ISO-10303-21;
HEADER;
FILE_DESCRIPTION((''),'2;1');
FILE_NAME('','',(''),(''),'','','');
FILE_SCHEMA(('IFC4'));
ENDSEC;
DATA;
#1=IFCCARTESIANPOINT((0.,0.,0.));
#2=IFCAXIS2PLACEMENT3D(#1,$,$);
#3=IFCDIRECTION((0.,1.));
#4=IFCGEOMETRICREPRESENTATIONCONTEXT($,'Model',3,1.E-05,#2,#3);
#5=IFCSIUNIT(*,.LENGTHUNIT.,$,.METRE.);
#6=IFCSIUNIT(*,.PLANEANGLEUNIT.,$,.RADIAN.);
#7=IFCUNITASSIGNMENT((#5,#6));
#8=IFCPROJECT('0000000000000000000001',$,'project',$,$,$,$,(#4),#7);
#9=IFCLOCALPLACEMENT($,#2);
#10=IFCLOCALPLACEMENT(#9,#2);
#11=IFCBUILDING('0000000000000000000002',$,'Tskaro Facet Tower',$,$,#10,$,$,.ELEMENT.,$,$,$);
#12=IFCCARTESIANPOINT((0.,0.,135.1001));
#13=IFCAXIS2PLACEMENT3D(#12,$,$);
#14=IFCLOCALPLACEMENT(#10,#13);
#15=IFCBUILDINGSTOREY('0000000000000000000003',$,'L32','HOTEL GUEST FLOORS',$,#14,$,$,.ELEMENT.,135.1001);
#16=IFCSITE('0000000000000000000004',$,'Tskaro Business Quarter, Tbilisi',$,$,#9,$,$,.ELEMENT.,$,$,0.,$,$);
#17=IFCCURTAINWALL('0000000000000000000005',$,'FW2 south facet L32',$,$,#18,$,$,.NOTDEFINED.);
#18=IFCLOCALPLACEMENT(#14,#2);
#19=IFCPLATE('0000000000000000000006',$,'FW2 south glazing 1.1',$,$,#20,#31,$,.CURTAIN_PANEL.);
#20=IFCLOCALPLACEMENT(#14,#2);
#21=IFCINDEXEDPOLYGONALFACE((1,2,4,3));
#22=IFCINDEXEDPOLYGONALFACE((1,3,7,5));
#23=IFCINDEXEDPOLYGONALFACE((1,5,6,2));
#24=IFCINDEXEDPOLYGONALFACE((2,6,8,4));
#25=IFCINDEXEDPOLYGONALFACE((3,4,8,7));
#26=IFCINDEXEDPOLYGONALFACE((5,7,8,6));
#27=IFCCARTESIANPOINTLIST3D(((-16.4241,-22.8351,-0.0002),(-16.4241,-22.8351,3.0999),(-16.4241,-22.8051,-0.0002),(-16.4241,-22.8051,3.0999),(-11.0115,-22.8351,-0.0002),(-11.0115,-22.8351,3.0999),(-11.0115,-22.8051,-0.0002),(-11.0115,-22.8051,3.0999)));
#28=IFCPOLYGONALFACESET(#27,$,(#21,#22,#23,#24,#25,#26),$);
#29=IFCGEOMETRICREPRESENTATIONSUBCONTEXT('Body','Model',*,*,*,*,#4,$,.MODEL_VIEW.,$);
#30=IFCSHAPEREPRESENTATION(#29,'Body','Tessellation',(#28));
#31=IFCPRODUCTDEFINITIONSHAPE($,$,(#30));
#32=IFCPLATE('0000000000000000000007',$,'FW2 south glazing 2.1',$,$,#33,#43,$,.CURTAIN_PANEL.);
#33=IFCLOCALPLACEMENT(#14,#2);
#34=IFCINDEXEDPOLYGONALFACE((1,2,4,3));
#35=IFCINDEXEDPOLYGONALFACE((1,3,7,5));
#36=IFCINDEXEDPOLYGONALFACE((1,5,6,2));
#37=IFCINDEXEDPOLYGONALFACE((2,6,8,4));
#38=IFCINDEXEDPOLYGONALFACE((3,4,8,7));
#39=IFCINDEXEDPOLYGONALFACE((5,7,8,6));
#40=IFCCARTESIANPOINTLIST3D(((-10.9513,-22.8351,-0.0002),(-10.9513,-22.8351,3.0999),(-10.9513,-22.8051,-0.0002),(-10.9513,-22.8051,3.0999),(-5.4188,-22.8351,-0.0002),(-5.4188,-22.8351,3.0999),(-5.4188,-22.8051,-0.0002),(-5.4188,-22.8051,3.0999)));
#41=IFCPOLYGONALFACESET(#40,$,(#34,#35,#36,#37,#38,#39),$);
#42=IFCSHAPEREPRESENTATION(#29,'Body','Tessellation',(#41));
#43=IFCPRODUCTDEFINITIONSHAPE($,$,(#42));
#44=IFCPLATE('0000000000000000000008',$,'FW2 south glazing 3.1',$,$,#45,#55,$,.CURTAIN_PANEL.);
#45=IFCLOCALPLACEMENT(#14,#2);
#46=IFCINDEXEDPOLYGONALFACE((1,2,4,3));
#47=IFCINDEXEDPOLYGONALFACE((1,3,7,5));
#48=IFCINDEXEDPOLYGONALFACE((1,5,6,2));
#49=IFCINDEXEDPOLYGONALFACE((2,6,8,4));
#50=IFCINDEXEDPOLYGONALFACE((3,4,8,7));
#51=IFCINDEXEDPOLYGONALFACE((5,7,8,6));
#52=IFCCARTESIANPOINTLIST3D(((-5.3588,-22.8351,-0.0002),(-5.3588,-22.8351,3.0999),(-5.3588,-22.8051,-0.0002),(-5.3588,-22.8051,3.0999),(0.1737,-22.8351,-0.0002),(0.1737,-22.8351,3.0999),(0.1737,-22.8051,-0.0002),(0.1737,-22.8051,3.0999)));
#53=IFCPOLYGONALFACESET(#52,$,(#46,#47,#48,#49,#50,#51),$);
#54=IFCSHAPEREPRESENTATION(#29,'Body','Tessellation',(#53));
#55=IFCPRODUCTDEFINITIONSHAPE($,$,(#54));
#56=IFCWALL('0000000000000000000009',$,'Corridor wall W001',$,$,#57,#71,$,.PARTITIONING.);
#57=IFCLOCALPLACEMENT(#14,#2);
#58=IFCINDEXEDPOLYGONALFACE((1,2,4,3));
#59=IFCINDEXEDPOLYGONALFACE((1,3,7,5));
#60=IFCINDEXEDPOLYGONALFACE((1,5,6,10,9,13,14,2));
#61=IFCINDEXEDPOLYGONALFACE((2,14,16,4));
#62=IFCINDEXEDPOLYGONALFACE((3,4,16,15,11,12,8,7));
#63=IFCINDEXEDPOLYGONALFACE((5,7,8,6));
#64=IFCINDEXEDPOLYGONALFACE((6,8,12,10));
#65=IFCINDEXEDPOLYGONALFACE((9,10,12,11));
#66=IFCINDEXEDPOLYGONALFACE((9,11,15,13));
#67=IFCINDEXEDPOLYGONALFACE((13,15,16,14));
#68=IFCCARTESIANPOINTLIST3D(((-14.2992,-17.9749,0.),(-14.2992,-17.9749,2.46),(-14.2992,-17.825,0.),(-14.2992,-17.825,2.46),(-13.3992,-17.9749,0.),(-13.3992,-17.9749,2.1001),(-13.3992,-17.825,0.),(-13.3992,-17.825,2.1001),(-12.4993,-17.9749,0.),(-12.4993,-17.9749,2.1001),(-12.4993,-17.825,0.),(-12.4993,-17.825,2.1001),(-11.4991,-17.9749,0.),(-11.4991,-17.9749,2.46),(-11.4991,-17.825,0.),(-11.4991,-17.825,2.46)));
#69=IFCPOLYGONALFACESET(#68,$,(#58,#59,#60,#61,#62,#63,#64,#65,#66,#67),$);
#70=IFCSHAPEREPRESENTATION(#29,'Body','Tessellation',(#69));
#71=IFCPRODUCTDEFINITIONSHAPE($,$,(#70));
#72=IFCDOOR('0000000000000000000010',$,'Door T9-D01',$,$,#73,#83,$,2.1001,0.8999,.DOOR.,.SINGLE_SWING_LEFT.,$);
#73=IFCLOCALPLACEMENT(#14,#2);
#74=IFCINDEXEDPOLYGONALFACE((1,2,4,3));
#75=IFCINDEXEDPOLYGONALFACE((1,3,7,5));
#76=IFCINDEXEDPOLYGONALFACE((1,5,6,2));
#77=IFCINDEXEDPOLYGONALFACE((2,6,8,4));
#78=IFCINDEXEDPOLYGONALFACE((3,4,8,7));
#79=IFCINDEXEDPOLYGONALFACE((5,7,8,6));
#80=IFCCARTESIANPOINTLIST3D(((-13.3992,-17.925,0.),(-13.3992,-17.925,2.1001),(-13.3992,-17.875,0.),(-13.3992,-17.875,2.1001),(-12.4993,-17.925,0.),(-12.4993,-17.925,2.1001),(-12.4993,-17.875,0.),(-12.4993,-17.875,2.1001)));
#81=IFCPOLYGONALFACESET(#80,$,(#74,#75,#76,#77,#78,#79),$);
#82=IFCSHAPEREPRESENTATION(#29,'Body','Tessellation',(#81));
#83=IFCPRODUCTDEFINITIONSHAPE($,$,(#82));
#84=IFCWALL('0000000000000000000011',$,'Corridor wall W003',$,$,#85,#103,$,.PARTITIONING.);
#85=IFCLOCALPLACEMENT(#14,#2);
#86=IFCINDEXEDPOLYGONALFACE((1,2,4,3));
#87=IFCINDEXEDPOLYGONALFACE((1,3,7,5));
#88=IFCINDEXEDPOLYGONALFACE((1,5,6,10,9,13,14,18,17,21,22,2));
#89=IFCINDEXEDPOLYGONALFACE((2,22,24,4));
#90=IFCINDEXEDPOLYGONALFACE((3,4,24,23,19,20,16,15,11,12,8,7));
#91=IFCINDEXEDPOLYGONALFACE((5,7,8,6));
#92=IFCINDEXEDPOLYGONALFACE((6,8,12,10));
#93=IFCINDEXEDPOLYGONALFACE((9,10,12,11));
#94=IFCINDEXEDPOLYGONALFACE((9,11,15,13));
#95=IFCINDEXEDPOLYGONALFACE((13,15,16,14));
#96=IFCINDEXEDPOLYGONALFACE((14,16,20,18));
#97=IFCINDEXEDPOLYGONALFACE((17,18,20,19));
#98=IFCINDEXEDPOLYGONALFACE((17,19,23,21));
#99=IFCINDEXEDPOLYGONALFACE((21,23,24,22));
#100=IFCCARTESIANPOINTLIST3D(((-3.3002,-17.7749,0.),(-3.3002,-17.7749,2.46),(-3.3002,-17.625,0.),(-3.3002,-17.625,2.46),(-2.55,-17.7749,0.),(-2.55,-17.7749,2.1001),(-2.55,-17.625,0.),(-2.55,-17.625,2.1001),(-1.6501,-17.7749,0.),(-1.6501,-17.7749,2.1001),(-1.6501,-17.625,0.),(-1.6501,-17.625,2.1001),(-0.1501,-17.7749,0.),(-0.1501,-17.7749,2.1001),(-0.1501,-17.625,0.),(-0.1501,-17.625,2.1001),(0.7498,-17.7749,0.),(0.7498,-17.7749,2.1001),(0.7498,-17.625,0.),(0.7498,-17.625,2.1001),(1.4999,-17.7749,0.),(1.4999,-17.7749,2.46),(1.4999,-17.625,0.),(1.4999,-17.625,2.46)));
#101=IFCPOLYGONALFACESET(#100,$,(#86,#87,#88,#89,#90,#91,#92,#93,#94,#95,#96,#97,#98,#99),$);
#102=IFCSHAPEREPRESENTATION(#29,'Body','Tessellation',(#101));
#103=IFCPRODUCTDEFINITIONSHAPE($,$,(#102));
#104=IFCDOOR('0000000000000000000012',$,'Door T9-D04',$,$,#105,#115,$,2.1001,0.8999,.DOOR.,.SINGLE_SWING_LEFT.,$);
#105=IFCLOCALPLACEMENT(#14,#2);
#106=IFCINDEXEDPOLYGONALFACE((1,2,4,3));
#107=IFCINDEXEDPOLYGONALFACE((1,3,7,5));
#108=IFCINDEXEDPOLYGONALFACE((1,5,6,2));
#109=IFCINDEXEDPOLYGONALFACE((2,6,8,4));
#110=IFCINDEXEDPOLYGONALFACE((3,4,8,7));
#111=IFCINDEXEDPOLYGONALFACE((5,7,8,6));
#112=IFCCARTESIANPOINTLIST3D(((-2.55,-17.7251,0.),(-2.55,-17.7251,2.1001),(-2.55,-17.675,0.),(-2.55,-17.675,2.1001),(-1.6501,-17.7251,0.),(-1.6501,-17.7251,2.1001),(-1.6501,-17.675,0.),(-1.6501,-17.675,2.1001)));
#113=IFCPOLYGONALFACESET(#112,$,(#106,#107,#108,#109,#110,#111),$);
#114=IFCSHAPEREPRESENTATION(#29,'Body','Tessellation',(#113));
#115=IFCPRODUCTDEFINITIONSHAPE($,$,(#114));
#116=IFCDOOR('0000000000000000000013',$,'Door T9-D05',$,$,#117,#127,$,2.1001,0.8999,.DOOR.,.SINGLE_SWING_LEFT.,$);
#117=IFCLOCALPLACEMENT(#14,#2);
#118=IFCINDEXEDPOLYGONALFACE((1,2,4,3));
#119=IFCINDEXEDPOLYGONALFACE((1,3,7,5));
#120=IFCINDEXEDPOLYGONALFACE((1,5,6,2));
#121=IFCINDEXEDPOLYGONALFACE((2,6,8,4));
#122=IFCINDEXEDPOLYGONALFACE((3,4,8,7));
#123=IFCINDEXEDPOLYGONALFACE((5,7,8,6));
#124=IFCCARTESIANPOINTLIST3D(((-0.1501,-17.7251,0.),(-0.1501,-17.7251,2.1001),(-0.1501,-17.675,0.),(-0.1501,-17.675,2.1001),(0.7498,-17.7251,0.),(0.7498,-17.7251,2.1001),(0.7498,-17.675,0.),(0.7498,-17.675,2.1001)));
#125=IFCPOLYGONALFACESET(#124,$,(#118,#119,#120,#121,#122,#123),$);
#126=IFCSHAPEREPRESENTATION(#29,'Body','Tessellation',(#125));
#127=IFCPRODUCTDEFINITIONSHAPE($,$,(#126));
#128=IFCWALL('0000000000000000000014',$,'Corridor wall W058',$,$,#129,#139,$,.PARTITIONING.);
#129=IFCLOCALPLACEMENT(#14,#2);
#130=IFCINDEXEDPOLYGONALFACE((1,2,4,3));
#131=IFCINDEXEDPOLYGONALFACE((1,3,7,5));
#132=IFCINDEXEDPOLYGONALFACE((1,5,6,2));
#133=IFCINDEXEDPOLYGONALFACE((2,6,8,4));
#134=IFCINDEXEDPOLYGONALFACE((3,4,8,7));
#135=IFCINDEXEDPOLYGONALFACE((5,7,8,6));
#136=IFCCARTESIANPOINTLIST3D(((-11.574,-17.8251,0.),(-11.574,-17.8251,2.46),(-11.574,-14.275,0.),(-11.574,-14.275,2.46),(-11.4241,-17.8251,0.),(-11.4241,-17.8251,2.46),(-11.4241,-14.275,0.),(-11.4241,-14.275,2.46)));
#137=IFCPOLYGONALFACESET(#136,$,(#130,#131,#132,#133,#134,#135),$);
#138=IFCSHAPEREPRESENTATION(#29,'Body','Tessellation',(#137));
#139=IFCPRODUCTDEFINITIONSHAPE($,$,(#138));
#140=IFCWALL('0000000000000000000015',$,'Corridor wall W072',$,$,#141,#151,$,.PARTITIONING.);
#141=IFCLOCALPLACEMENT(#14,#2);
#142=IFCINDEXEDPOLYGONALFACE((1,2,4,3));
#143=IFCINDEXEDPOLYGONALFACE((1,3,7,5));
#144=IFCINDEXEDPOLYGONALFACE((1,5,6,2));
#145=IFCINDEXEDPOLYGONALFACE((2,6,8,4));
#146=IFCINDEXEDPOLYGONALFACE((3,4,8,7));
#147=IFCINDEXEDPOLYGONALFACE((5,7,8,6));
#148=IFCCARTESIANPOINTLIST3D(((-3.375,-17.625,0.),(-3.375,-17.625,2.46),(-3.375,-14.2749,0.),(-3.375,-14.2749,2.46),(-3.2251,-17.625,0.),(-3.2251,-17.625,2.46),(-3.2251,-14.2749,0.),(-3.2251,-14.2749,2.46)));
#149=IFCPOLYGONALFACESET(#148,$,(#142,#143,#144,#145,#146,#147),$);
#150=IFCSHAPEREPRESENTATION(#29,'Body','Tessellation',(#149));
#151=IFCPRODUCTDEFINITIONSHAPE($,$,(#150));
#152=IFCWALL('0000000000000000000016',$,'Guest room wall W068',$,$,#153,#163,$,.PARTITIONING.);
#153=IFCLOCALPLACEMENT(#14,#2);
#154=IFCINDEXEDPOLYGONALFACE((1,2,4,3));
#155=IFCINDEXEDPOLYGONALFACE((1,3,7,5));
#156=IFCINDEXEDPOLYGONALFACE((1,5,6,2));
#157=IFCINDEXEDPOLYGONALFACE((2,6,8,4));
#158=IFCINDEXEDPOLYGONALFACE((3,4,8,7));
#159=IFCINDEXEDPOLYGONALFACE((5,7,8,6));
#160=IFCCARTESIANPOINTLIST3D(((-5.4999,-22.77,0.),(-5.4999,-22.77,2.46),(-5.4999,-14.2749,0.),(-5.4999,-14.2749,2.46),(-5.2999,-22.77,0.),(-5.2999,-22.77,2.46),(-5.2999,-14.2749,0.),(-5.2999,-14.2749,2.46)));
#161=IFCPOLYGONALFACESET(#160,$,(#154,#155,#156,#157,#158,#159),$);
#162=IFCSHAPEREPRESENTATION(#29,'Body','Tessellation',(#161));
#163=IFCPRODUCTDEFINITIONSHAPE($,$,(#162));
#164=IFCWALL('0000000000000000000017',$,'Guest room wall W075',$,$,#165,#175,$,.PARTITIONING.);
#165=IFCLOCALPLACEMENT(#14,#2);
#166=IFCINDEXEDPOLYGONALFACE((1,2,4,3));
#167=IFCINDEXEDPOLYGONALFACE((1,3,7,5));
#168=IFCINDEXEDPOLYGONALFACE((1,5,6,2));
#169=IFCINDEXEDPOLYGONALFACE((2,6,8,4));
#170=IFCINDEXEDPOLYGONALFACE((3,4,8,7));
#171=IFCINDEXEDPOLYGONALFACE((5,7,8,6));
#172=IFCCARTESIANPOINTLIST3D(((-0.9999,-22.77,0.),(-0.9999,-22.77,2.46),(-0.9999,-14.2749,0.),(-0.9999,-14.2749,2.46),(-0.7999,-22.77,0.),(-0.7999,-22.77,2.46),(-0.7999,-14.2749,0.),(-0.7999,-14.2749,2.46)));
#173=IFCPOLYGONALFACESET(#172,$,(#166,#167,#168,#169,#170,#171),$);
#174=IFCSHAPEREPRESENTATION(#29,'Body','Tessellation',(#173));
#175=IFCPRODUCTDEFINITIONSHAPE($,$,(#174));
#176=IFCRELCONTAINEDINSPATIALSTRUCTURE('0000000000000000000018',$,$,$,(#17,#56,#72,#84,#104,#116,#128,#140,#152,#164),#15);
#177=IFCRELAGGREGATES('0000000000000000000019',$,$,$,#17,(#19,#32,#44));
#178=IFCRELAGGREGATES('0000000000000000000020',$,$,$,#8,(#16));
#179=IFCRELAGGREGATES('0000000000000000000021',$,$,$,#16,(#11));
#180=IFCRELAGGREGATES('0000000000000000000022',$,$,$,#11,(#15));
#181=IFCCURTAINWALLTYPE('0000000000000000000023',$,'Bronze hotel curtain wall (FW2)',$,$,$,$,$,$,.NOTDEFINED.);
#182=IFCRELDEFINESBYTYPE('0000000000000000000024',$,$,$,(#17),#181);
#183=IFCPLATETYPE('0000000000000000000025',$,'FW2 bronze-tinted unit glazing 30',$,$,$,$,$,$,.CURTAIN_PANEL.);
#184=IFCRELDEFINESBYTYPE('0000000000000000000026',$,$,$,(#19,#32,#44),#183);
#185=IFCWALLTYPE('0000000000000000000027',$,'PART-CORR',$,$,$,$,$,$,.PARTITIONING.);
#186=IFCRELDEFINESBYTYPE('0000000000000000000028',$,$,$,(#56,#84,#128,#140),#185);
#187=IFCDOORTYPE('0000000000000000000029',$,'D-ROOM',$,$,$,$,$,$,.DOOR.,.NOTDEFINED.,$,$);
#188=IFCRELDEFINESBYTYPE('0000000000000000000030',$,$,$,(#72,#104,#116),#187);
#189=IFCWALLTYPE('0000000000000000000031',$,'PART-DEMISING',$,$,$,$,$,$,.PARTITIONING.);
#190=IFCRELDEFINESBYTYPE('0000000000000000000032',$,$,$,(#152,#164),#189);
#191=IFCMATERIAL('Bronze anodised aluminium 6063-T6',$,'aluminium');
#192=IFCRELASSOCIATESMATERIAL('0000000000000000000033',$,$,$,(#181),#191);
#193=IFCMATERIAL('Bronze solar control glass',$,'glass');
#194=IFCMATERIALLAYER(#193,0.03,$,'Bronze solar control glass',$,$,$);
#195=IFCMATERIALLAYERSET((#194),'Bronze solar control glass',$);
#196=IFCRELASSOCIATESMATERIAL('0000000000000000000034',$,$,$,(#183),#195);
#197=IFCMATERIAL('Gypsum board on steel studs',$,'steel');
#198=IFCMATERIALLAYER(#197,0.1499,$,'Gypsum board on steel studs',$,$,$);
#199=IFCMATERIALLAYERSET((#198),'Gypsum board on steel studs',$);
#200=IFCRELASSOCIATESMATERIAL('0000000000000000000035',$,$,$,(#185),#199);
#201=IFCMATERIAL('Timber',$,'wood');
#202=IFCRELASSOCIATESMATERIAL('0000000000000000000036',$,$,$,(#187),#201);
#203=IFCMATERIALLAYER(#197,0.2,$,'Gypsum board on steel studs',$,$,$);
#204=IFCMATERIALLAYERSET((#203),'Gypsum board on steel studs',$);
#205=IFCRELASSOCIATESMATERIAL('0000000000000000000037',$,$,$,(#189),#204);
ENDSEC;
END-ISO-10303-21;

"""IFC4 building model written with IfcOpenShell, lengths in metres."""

from ifc_helpers import new_model, si_unit, direction, frame, frame_2d, origin, origin_2d, place, context, subcontext, project, spatial, rectangle, extrude, material, layer, layer_set, type_object, element, fill, aggregate, save


model = new_model("IFC4")

# Units and contexts
model_context = context("Model", 3, precision=1e-05, world=origin(), true_north=direction((0.0, 1.0)))
body_context = subcontext(model_context, "Body", "Model", "MODEL_VIEW")
ifc_project = project(units=[si_unit("LENGTHUNIT", "METRE"), si_unit("PLANEANGLEUNIT", "RADIAN")], contexts=[model_context])

# Site, building, storey
site_placement = place(None, origin())
site = spatial("IfcSite", under=ifc_project, at=site_placement, Name="Tskaro Business Quarter, Tbilisi", CompositionType="ELEMENT", RefElevation=0.0)
building_placement = place(site_placement, origin())
building = spatial("IfcBuilding", under=site, at=building_placement, Name="Tskaro Facet Tower", CompositionType="ELEMENT")
storey_placement = place(building_placement, frame((0.0, 0.0, 135.1001)))
storey = spatial("IfcBuildingStorey", under=building, at=storey_placement, Name="L32", Description="HOTEL GUEST FLOORS", CompositionType="ELEMENT", Elevation=135.1001)

# Curtain wall
ifc_material_1 = material(Name="Bronze anodised aluminium 6063-T6", Category="aluminium")
curtain_wall_type = type_object("IfcCurtainWallType", Name="Bronze hotel curtain wall (FW2)", PredefinedType="NOTDEFINED", material=ifc_material_1)
curtain_wall_placement = place(storey_placement, origin())
curtain_wall = element("IfcCurtainWall", 1, at=curtain_wall_placement, inside=storey, type_object=curtain_wall_type, Name="FW2 south facet L32", PredefinedType="NOTDEFINED")

# Plates
ifc_material_2 = material(Name="Bronze solar control glass", Category="glass")
ifc_layer_1 = layer(ifc_material_2, 0.03, Name="Bronze solar control glass")
ifc_layer_set_1 = layer_set([ifc_layer_1], Name="Bronze solar control glass")
plate_type = type_object("IfcPlateType", Name="FW2 bronze-tinted unit glazing 30", PredefinedType="CURTAIN_PANEL", material=ifc_layer_set_1)
plate_1_placement = place(storey_placement, frame((-13.7178, -22.8201, -0.0002), z_axis=(0.0, 0.0, 1.0), x_axis=(1.0, 0.0, 0.0)))
plate_1 = element("IfcPlate", 2, at=plate_1_placement, type_object=plate_type, Name="FW2 south glazing 1.1", PredefinedType="CURTAIN_PANEL", context=body_context, shape_type="SweptSolid", body=[
    extrude(rectangle(XDim=5.4126, YDim=0.03, at=origin_2d()), origin(), (0.0, 0.0, 1.0), 3.1001),
])
plate_2_placement = place(storey_placement, frame((-8.1851, -22.8201, -0.0002), z_axis=(0.0, 0.0, 1.0), x_axis=(1.0, 0.0, 0.0)))
plate_2 = element("IfcPlate", 3, at=plate_2_placement, type_object=plate_type, Name="FW2 south glazing 2.1", PredefinedType="CURTAIN_PANEL", context=body_context, shape_type="SweptSolid", body=[
    extrude(rectangle(XDim=5.5325, YDim=0.03, at=origin_2d()), origin(), (0.0, 0.0, 1.0), 3.1001),
])
plate_3_placement = place(storey_placement, frame((-2.5925, -22.8201, -0.0002), z_axis=(0.0, 0.0, 1.0), x_axis=(1.0, 0.0, 0.0)))
plate_3 = element("IfcPlate", 4, at=plate_3_placement, type_object=plate_type, Name="FW2 south glazing 3.1", PredefinedType="CURTAIN_PANEL", context=body_context, shape_type="SweptSolid", body=[
    extrude(rectangle(XDim=5.5325, YDim=0.03, at=origin_2d()), origin(), (0.0, 0.0, 1.0), 3.1001),
])
aggregate(curtain_wall, [plate_1, plate_2, plate_3])

# Wall, opening, door
ifc_material_3 = material(Name="Gypsum board on steel studs", Category="steel")
ifc_layer_2 = layer(ifc_material_3, 0.1499, Name="Gypsum board on steel studs")
ifc_layer_set_2 = layer_set([ifc_layer_2], Name="Gypsum board on steel studs")
wall_type_1 = type_object("IfcWallType", Name="PART-CORR", PredefinedType="PARTITIONING", material=ifc_layer_set_2)
wall_1_placement = place(storey_placement, frame((-14.2991, -17.8999, 0.0), z_axis=(0.0, 0.0, 1.0), x_axis=(1.0, 0.0, 0.0)))
wall_1 = element("IfcWall", 5, at=wall_1_placement, inside=storey, type_object=wall_type_1, Name="Corridor wall W001", PredefinedType="PARTITIONING", context=body_context, shape_type="SweptSolid", body=[
    extrude(rectangle(XDim=2.8, YDim=0.1499, at=frame_2d((1.3999, 0.0))), origin(), (0.0, 0.0, 1.0), 2.46),
])
opening_1_placement = place(wall_1_placement, frame((0.8999, 0.0, 0.0)))
opening_1 = element("IfcOpeningElement", 6, at=opening_1_placement, cuts=wall_1, PredefinedType="OPENING", context=body_context, shape_type="SweptSolid", body=[
    extrude(rectangle(XDim=0.8999, YDim=2.1001, at=frame_2d((0.45, 1.05))), frame((0.0, 0.085, 0.0), z_axis=(0.0, -1.0, 0.0), x_axis=(1.0, 0.0, 0.0)), (0.0, 0.0, 1.0), 0.1699),
])
ifc_material_4 = material(Name="Timber", Category="wood")
door_type = type_object("IfcDoorType", Name="D-ROOM", OperationType="NOTDEFINED", PredefinedType="DOOR", material=ifc_material_4)
door_1_placement = place(opening_1_placement, origin())
door_1 = element("IfcDoor", 7, at=door_1_placement, inside=storey, type_object=door_type, Name="Door T9-D01", OperationType="SINGLE_SWING_LEFT", OverallHeight=2.1001, OverallWidth=0.8999, PredefinedType="DOOR", context=body_context, shape_type="SweptSolid", body=[
    extrude(rectangle(XDim=0.8999, YDim=2.1001, at=frame_2d((0.45, 1.05))), frame((0.0, 0.0249, 0.0), z_axis=(0.0, -1.0, 0.0), x_axis=(1.0, 0.0, 0.0)), (0.0, 0.0, 1.0), 0.05),
])
fill(opening_1, door_1)

# Wall, openings, doors
wall_2_placement = place(storey_placement, frame((-3.3, -17.7, 0.0), z_axis=(0.0, 0.0, 1.0), x_axis=(1.0, 0.0, 0.0)))
wall_2 = element("IfcWall", 8, at=wall_2_placement, inside=storey, type_object=wall_type_1, Name="Corridor wall W003", PredefinedType="PARTITIONING", context=body_context, shape_type="SweptSolid", body=[
    extrude(rectangle(XDim=4.8, YDim=0.1499, at=frame_2d((2.3999, 0.0))), origin(), (0.0, 0.0, 1.0), 2.46),
])
opening_2_placement = place(wall_2_placement, frame((0.75, 0.0, 0.0)))
opening_2 = element("IfcOpeningElement", 9, at=opening_2_placement, cuts=wall_2, PredefinedType="OPENING", context=body_context, shape_type="SweptSolid", body=[
    extrude(rectangle(XDim=0.8999, YDim=2.1001, at=frame_2d((0.45, 1.05))), frame((0.0, 0.085, 0.0), z_axis=(0.0, -1.0, 0.0), x_axis=(1.0, 0.0, 0.0)), (0.0, 0.0, 1.0), 0.1699),
])
opening_3_placement = place(wall_2_placement, frame((3.1499, 0.0, 0.0)))
opening_3 = element("IfcOpeningElement", 10, at=opening_3_placement, cuts=wall_2, PredefinedType="OPENING", context=body_context, shape_type="SweptSolid", body=[
    extrude(rectangle(XDim=0.8999, YDim=2.1001, at=frame_2d((0.45, 1.05))), frame((0.0, 0.085, 0.0), z_axis=(0.0, -1.0, 0.0), x_axis=(1.0, 0.0, 0.0)), (0.0, 0.0, 1.0), 0.1699),
])
door_2_placement = place(opening_2_placement, origin())
door_2 = element("IfcDoor", 11, at=door_2_placement, inside=storey, type_object=door_type, Name="Door T9-D04", OperationType="SINGLE_SWING_LEFT", OverallHeight=2.1001, OverallWidth=0.8999, PredefinedType="DOOR", context=body_context, shape_type="SweptSolid", body=[
    extrude(rectangle(XDim=0.8999, YDim=2.1001, at=frame_2d((0.45, 1.05))), frame((0.0, 0.0249, 0.0), z_axis=(0.0, -1.0, 0.0), x_axis=(1.0, 0.0, 0.0)), (0.0, 0.0, 1.0), 0.05),
])
fill(opening_2, door_2)
door_3_placement = place(opening_3_placement, origin())
door_3 = element("IfcDoor", 12, at=door_3_placement, inside=storey, type_object=door_type, Name="Door T9-D05", OperationType="SINGLE_SWING_LEFT", OverallHeight=2.1001, OverallWidth=0.8999, PredefinedType="DOOR", context=body_context, shape_type="SweptSolid", body=[
    extrude(rectangle(XDim=0.8999, YDim=2.1001, at=frame_2d((0.45, 1.05))), frame((0.0, 0.0249, 0.0), z_axis=(0.0, -1.0, 0.0), x_axis=(1.0, 0.0, 0.0)), (0.0, 0.0, 1.0), 0.05),
])
fill(opening_3, door_3)

# Walls
wall_3_placement = place(storey_placement, frame((-11.499, -17.825, 0.0), z_axis=(0.0, 0.0, 1.0), x_axis=(0.0, 1.0, 0.0)))
element("IfcWall", 13, at=wall_3_placement, inside=storey, type_object=wall_type_1, Name="Corridor wall W058", PredefinedType="PARTITIONING", context=body_context, shape_type="SweptSolid", body=[
    extrude(rectangle(XDim=3.55, YDim=0.1499, at=frame_2d((1.7749, 0.0))), origin(), (0.0, 0.0, 1.0), 2.46),
])
wall_4_placement = place(storey_placement, frame((-3.3, -17.625, 0.0), z_axis=(0.0, 0.0, 1.0), x_axis=(0.0, 1.0, 0.0)))
element("IfcWall", 14, at=wall_4_placement, inside=storey, type_object=wall_type_1, Name="Corridor wall W072", PredefinedType="PARTITIONING", context=body_context, shape_type="SweptSolid", body=[
    extrude(rectangle(XDim=3.3501, YDim=0.1499, at=frame_2d((1.675, 0.0))), origin(), (0.0, 0.0, 1.0), 2.46),
])
ifc_layer_3 = layer(ifc_material_3, 0.2, Name="Gypsum board on steel studs")
ifc_layer_set_3 = layer_set([ifc_layer_3], Name="Gypsum board on steel studs")
wall_type_2 = type_object("IfcWallType", Name="PART-DEMISING", PredefinedType="PARTITIONING", material=ifc_layer_set_3)
for number, where, z_axis, x_axis, name in (
    (15, (-5.3999, -22.77, 0.0), (0.0, 0.0, 1.0), (0.0, 1.0, 0.0), "Guest room wall W068"),
    (16, (-0.8999, -22.77, 0.0), (0.0, 0.0, 1.0), (0.0, 1.0, 0.0), "Guest room wall W075"),
):
    element("IfcWall", number, at=place(storey_placement, frame(where, z_axis=z_axis, x_axis=x_axis)), inside=storey, type_object=wall_type_2, Name=name, PredefinedType="PARTITIONING", context=body_context, shape_type="SweptSolid", body=[
        extrude(rectangle(XDim=8.4951, YDim=0.2, at=frame_2d((4.2476, 0.0))), origin(), (0.0, 0.0, 1.0), 2.46),
    ])

save(model, "model.ifc")
